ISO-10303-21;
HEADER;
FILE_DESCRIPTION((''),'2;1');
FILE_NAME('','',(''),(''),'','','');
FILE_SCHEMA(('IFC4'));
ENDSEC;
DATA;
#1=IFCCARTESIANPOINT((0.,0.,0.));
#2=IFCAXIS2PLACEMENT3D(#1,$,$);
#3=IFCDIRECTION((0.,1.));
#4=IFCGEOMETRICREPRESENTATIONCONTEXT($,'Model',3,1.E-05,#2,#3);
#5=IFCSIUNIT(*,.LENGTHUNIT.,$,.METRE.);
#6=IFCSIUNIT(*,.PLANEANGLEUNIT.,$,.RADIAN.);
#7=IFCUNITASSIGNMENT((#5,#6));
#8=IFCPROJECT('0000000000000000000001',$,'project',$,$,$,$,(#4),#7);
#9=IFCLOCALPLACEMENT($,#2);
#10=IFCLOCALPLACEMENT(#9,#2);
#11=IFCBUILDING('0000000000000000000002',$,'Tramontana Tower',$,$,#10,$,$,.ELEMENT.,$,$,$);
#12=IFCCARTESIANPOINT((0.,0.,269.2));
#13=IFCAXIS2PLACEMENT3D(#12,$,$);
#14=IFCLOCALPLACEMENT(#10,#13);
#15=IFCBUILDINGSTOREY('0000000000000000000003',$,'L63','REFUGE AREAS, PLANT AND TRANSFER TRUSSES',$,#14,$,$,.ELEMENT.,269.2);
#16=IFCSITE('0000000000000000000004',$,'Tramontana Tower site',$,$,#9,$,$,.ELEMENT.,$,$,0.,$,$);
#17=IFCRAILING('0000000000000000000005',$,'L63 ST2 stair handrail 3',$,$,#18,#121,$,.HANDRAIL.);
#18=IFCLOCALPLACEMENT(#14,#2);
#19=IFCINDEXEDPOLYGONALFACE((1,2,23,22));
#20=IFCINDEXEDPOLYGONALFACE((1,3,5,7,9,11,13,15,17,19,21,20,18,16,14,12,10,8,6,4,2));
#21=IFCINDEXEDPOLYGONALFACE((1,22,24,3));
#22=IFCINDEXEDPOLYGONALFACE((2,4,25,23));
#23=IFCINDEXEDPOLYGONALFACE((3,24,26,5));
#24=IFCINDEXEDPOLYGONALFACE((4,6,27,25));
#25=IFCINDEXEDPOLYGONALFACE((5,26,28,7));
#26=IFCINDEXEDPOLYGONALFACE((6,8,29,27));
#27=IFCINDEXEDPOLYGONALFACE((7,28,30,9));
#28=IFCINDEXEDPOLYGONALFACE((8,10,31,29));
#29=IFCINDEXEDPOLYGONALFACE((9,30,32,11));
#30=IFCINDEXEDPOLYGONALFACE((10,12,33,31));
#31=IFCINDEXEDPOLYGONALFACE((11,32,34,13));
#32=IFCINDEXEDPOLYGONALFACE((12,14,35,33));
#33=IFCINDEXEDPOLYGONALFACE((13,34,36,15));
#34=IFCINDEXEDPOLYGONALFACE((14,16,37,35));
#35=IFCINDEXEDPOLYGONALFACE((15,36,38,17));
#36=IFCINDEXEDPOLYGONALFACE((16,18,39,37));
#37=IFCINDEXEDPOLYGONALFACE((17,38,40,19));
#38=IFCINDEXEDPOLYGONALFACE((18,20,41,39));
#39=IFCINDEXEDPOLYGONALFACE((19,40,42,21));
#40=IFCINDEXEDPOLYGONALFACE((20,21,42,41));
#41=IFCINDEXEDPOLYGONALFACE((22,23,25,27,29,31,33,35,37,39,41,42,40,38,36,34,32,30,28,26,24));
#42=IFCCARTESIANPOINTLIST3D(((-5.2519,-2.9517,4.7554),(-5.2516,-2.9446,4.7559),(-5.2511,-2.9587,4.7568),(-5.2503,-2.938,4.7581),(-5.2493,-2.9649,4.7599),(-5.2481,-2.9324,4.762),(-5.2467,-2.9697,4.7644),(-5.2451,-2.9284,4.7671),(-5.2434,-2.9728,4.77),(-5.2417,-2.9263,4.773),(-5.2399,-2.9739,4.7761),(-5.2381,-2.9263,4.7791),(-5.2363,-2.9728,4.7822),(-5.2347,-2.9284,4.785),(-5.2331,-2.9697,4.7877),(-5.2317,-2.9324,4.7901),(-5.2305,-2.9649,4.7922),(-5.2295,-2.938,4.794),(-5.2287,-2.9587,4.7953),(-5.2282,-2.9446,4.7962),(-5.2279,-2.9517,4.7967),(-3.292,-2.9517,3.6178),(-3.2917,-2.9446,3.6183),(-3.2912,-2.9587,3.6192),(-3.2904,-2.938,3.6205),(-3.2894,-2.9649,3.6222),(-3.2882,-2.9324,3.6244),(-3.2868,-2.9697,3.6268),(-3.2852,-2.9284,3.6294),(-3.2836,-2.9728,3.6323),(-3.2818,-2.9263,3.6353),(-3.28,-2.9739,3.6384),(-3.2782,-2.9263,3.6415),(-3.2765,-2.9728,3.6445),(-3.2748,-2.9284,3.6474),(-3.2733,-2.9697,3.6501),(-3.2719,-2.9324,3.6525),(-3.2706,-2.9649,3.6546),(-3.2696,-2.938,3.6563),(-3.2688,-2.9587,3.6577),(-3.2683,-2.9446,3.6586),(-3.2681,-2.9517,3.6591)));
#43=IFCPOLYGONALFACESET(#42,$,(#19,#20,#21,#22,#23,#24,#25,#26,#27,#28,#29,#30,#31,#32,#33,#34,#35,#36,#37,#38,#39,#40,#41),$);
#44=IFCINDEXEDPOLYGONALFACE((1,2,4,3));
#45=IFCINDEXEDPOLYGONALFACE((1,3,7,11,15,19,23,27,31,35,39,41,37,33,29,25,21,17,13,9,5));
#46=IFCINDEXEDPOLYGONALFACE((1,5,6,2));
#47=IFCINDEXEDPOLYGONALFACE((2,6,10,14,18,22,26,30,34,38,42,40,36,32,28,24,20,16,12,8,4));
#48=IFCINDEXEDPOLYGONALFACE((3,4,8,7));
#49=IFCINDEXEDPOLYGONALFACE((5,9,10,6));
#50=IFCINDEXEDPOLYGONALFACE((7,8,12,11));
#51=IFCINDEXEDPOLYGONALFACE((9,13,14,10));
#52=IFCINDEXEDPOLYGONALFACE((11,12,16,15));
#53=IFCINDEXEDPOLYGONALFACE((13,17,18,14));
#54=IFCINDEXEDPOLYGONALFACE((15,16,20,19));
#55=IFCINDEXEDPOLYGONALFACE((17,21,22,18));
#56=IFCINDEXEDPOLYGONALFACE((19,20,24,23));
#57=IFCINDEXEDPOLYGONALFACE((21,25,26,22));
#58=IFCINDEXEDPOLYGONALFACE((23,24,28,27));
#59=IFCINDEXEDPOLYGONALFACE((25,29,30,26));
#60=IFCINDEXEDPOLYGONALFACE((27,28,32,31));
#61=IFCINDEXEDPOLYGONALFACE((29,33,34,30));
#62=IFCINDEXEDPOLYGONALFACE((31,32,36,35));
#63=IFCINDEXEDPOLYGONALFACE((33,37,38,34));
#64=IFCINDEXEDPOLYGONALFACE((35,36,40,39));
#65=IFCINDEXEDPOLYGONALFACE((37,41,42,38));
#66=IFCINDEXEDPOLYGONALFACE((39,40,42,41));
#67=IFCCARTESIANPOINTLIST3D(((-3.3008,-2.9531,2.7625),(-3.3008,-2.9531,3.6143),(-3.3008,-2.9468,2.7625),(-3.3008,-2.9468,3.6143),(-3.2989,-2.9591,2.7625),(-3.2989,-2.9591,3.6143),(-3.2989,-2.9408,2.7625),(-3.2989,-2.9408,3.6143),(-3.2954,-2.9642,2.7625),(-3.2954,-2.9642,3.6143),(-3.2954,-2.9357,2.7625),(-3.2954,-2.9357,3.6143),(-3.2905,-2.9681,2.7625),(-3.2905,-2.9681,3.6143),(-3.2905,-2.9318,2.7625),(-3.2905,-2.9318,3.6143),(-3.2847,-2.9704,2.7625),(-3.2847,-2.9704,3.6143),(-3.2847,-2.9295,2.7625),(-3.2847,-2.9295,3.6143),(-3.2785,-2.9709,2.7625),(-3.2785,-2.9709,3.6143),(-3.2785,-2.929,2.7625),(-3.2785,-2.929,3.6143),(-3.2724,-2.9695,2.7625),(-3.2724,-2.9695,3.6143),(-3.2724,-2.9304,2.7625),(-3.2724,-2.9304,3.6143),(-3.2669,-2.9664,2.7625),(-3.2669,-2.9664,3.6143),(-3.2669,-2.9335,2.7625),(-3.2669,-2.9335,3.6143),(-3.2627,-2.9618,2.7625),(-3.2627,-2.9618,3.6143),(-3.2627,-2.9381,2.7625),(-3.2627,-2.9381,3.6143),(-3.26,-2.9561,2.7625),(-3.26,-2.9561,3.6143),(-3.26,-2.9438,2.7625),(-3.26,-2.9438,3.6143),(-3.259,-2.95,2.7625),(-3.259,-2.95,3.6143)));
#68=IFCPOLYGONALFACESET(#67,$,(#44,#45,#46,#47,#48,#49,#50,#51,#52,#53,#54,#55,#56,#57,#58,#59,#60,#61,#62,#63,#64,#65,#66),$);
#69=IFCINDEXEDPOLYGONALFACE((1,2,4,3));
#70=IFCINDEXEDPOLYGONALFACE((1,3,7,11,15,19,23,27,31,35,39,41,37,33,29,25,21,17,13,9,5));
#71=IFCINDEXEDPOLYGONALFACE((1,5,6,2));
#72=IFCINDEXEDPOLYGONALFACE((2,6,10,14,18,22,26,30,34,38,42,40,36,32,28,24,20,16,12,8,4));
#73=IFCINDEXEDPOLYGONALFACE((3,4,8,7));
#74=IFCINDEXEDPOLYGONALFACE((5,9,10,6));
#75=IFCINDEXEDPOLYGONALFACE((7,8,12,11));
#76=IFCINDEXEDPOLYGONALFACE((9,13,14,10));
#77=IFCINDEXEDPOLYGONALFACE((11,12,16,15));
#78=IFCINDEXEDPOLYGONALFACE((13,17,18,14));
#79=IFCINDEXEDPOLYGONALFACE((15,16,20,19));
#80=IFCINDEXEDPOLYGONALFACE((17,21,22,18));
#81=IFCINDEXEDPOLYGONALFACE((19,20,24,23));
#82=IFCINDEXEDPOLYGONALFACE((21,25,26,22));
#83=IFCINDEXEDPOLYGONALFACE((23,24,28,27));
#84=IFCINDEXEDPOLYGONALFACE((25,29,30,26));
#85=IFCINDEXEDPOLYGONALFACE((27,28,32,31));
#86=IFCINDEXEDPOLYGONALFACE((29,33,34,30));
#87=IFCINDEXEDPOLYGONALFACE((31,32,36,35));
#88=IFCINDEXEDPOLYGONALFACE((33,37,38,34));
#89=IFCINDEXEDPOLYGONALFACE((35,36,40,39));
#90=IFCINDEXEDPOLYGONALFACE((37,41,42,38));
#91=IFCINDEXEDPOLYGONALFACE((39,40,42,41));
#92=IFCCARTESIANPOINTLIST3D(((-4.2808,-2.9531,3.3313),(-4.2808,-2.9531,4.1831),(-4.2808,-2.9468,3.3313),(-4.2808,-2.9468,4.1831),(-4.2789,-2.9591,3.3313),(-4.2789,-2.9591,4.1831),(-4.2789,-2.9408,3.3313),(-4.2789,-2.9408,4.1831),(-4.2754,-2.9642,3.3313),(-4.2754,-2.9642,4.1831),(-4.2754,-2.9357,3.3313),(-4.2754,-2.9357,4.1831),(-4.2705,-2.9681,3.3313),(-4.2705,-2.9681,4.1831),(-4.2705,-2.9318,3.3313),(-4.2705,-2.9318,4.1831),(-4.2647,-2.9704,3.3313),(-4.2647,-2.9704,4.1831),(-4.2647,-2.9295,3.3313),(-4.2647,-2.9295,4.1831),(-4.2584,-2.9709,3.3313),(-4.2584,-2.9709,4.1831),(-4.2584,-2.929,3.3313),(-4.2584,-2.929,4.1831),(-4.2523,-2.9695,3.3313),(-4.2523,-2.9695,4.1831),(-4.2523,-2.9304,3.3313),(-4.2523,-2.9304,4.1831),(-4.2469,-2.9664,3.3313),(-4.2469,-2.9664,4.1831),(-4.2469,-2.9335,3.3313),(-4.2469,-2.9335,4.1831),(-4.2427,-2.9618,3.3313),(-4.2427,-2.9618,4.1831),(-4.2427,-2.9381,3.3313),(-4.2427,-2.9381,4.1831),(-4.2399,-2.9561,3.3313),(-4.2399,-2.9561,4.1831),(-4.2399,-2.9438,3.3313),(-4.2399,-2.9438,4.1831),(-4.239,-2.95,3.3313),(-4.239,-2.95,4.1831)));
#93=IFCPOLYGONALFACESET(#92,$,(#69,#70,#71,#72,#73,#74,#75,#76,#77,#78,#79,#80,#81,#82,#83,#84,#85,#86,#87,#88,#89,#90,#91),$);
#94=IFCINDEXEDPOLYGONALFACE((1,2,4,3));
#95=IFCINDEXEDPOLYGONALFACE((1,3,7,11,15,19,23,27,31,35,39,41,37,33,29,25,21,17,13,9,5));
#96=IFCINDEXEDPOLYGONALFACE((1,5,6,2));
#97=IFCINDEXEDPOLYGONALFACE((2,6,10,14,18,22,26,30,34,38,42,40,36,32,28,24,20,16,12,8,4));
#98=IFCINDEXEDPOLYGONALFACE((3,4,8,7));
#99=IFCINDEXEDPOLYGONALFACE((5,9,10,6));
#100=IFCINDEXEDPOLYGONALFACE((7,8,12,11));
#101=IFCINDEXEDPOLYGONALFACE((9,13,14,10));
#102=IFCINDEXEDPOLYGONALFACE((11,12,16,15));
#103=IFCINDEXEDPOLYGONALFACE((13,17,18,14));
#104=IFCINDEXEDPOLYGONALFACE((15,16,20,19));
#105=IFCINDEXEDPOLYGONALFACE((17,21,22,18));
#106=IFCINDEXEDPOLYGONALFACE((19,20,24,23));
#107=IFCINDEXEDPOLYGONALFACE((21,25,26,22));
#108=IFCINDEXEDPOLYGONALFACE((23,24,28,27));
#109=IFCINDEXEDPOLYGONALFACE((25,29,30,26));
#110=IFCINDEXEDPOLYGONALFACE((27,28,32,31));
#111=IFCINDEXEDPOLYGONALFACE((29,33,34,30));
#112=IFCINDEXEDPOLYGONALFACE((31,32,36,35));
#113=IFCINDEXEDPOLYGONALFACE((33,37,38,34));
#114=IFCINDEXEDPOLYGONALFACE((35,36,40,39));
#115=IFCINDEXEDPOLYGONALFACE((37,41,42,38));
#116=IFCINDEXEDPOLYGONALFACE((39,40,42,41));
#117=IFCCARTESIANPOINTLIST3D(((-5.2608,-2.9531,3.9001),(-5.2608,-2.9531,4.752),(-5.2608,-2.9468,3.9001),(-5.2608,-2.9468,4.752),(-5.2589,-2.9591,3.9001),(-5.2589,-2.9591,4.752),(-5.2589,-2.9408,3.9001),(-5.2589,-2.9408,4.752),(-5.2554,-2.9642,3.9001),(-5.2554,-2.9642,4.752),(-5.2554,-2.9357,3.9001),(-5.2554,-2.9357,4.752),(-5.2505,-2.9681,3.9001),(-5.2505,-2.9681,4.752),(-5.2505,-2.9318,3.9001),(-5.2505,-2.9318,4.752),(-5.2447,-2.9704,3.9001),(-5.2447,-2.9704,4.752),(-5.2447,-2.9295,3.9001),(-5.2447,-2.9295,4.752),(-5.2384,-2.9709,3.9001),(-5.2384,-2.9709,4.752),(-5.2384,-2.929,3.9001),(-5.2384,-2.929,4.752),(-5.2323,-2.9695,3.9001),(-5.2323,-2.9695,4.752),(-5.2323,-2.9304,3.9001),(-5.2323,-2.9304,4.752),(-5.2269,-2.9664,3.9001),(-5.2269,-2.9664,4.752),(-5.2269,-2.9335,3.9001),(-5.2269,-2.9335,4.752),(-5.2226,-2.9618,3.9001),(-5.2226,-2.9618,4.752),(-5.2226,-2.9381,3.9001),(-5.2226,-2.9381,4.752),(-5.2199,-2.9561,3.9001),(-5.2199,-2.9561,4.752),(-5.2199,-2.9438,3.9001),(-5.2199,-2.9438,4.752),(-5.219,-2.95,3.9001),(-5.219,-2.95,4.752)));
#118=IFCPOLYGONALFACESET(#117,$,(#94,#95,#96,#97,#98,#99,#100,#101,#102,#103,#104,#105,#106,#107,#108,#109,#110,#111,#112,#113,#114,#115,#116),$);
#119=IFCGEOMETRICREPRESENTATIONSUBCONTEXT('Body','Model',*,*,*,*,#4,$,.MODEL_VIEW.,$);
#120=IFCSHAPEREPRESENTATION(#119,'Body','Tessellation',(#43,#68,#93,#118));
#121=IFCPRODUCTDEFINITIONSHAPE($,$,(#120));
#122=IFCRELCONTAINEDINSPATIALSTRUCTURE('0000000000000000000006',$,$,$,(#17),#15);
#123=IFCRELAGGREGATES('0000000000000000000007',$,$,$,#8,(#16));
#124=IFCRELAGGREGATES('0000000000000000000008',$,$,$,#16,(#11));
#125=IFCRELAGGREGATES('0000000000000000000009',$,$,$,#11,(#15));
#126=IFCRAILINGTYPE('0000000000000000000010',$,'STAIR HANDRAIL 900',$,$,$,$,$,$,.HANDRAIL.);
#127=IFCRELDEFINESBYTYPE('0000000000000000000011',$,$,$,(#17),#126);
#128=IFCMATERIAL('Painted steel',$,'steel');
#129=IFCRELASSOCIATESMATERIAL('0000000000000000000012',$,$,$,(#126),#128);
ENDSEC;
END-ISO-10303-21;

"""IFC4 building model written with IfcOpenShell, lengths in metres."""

from ifc_helpers import new_model, si_unit, direction, frame, origin, origin_2d, place, context, subcontext, project, spatial, circle, extrude, material, type_object, element, save


model = new_model("IFC4")

# Units and contexts
model_context = context("Model", 3, precision=1e-05, world=origin(), true_north=direction((0.0, 1.0)))
body_context = subcontext(model_context, "Body", "Model", "MODEL_VIEW")
ifc_project = project(units=[si_unit("LENGTHUNIT", "METRE"), si_unit("PLANEANGLEUNIT", "RADIAN")], contexts=[model_context])

# Site, building, storey
site_placement = place(None, origin())
site = spatial("IfcSite", under=ifc_project, at=site_placement, Name="Tramontana Tower site", CompositionType="ELEMENT", RefElevation=0.0)
building_placement = place(site_placement, origin())
building = spatial("IfcBuilding", under=site, at=building_placement, Name="Tramontana Tower", CompositionType="ELEMENT")
storey_placement = place(building_placement, frame((0.0, 0.0, 269.2)))
storey = spatial("IfcBuildingStorey", under=building, at=storey_placement, Name="L63", Description="REFUGE AREAS, PLANT AND TRANSFER TRUSSES", CompositionType="ELEMENT", Elevation=269.2)

# Railing
ifc_material_1 = material(Name="Painted steel", Category="steel")
railing_type_1 = type_object("IfcRailingType", Name="STAIR HANDRAIL 900", PredefinedType="HANDRAIL", material=ifc_material_1)
railing_1_placement = place(storey_placement, frame((-3.28, -2.95, 2.7625)))
element("IfcRailing", 1, at=railing_1_placement, inside=storey, type_object=railing_type_1, Name="L63 ST2 stair handrail 3", PredefinedType="HANDRAIL", context=body_context, shape_type="SweptSolid", body=[
    extrude(circle(Radius=0.0239, at=origin_2d()), frame((0.0, 0.0, 0.876), z_axis=(-0.864855, 0.0, 0.502021), x_axis=(0.0, -1.0, 0.0)), (0.0, 0.0, 1.0), 2.2661),
    extrude(circle(Radius=0.021, at=origin_2d()), origin(), (0.0, 0.0, 1.0), 0.8518),
    extrude(circle(Radius=0.021, at=origin_2d()), frame((-0.98, 0.0, 0.5688)), (0.0, 0.0, 1.0), 0.8518),
    extrude(circle(Radius=0.021, at=origin_2d()), frame((-1.96, 0.0, 1.1377)), (0.0, 0.0, 1.0), 0.8518),
])

save(model, "model.ifc")
